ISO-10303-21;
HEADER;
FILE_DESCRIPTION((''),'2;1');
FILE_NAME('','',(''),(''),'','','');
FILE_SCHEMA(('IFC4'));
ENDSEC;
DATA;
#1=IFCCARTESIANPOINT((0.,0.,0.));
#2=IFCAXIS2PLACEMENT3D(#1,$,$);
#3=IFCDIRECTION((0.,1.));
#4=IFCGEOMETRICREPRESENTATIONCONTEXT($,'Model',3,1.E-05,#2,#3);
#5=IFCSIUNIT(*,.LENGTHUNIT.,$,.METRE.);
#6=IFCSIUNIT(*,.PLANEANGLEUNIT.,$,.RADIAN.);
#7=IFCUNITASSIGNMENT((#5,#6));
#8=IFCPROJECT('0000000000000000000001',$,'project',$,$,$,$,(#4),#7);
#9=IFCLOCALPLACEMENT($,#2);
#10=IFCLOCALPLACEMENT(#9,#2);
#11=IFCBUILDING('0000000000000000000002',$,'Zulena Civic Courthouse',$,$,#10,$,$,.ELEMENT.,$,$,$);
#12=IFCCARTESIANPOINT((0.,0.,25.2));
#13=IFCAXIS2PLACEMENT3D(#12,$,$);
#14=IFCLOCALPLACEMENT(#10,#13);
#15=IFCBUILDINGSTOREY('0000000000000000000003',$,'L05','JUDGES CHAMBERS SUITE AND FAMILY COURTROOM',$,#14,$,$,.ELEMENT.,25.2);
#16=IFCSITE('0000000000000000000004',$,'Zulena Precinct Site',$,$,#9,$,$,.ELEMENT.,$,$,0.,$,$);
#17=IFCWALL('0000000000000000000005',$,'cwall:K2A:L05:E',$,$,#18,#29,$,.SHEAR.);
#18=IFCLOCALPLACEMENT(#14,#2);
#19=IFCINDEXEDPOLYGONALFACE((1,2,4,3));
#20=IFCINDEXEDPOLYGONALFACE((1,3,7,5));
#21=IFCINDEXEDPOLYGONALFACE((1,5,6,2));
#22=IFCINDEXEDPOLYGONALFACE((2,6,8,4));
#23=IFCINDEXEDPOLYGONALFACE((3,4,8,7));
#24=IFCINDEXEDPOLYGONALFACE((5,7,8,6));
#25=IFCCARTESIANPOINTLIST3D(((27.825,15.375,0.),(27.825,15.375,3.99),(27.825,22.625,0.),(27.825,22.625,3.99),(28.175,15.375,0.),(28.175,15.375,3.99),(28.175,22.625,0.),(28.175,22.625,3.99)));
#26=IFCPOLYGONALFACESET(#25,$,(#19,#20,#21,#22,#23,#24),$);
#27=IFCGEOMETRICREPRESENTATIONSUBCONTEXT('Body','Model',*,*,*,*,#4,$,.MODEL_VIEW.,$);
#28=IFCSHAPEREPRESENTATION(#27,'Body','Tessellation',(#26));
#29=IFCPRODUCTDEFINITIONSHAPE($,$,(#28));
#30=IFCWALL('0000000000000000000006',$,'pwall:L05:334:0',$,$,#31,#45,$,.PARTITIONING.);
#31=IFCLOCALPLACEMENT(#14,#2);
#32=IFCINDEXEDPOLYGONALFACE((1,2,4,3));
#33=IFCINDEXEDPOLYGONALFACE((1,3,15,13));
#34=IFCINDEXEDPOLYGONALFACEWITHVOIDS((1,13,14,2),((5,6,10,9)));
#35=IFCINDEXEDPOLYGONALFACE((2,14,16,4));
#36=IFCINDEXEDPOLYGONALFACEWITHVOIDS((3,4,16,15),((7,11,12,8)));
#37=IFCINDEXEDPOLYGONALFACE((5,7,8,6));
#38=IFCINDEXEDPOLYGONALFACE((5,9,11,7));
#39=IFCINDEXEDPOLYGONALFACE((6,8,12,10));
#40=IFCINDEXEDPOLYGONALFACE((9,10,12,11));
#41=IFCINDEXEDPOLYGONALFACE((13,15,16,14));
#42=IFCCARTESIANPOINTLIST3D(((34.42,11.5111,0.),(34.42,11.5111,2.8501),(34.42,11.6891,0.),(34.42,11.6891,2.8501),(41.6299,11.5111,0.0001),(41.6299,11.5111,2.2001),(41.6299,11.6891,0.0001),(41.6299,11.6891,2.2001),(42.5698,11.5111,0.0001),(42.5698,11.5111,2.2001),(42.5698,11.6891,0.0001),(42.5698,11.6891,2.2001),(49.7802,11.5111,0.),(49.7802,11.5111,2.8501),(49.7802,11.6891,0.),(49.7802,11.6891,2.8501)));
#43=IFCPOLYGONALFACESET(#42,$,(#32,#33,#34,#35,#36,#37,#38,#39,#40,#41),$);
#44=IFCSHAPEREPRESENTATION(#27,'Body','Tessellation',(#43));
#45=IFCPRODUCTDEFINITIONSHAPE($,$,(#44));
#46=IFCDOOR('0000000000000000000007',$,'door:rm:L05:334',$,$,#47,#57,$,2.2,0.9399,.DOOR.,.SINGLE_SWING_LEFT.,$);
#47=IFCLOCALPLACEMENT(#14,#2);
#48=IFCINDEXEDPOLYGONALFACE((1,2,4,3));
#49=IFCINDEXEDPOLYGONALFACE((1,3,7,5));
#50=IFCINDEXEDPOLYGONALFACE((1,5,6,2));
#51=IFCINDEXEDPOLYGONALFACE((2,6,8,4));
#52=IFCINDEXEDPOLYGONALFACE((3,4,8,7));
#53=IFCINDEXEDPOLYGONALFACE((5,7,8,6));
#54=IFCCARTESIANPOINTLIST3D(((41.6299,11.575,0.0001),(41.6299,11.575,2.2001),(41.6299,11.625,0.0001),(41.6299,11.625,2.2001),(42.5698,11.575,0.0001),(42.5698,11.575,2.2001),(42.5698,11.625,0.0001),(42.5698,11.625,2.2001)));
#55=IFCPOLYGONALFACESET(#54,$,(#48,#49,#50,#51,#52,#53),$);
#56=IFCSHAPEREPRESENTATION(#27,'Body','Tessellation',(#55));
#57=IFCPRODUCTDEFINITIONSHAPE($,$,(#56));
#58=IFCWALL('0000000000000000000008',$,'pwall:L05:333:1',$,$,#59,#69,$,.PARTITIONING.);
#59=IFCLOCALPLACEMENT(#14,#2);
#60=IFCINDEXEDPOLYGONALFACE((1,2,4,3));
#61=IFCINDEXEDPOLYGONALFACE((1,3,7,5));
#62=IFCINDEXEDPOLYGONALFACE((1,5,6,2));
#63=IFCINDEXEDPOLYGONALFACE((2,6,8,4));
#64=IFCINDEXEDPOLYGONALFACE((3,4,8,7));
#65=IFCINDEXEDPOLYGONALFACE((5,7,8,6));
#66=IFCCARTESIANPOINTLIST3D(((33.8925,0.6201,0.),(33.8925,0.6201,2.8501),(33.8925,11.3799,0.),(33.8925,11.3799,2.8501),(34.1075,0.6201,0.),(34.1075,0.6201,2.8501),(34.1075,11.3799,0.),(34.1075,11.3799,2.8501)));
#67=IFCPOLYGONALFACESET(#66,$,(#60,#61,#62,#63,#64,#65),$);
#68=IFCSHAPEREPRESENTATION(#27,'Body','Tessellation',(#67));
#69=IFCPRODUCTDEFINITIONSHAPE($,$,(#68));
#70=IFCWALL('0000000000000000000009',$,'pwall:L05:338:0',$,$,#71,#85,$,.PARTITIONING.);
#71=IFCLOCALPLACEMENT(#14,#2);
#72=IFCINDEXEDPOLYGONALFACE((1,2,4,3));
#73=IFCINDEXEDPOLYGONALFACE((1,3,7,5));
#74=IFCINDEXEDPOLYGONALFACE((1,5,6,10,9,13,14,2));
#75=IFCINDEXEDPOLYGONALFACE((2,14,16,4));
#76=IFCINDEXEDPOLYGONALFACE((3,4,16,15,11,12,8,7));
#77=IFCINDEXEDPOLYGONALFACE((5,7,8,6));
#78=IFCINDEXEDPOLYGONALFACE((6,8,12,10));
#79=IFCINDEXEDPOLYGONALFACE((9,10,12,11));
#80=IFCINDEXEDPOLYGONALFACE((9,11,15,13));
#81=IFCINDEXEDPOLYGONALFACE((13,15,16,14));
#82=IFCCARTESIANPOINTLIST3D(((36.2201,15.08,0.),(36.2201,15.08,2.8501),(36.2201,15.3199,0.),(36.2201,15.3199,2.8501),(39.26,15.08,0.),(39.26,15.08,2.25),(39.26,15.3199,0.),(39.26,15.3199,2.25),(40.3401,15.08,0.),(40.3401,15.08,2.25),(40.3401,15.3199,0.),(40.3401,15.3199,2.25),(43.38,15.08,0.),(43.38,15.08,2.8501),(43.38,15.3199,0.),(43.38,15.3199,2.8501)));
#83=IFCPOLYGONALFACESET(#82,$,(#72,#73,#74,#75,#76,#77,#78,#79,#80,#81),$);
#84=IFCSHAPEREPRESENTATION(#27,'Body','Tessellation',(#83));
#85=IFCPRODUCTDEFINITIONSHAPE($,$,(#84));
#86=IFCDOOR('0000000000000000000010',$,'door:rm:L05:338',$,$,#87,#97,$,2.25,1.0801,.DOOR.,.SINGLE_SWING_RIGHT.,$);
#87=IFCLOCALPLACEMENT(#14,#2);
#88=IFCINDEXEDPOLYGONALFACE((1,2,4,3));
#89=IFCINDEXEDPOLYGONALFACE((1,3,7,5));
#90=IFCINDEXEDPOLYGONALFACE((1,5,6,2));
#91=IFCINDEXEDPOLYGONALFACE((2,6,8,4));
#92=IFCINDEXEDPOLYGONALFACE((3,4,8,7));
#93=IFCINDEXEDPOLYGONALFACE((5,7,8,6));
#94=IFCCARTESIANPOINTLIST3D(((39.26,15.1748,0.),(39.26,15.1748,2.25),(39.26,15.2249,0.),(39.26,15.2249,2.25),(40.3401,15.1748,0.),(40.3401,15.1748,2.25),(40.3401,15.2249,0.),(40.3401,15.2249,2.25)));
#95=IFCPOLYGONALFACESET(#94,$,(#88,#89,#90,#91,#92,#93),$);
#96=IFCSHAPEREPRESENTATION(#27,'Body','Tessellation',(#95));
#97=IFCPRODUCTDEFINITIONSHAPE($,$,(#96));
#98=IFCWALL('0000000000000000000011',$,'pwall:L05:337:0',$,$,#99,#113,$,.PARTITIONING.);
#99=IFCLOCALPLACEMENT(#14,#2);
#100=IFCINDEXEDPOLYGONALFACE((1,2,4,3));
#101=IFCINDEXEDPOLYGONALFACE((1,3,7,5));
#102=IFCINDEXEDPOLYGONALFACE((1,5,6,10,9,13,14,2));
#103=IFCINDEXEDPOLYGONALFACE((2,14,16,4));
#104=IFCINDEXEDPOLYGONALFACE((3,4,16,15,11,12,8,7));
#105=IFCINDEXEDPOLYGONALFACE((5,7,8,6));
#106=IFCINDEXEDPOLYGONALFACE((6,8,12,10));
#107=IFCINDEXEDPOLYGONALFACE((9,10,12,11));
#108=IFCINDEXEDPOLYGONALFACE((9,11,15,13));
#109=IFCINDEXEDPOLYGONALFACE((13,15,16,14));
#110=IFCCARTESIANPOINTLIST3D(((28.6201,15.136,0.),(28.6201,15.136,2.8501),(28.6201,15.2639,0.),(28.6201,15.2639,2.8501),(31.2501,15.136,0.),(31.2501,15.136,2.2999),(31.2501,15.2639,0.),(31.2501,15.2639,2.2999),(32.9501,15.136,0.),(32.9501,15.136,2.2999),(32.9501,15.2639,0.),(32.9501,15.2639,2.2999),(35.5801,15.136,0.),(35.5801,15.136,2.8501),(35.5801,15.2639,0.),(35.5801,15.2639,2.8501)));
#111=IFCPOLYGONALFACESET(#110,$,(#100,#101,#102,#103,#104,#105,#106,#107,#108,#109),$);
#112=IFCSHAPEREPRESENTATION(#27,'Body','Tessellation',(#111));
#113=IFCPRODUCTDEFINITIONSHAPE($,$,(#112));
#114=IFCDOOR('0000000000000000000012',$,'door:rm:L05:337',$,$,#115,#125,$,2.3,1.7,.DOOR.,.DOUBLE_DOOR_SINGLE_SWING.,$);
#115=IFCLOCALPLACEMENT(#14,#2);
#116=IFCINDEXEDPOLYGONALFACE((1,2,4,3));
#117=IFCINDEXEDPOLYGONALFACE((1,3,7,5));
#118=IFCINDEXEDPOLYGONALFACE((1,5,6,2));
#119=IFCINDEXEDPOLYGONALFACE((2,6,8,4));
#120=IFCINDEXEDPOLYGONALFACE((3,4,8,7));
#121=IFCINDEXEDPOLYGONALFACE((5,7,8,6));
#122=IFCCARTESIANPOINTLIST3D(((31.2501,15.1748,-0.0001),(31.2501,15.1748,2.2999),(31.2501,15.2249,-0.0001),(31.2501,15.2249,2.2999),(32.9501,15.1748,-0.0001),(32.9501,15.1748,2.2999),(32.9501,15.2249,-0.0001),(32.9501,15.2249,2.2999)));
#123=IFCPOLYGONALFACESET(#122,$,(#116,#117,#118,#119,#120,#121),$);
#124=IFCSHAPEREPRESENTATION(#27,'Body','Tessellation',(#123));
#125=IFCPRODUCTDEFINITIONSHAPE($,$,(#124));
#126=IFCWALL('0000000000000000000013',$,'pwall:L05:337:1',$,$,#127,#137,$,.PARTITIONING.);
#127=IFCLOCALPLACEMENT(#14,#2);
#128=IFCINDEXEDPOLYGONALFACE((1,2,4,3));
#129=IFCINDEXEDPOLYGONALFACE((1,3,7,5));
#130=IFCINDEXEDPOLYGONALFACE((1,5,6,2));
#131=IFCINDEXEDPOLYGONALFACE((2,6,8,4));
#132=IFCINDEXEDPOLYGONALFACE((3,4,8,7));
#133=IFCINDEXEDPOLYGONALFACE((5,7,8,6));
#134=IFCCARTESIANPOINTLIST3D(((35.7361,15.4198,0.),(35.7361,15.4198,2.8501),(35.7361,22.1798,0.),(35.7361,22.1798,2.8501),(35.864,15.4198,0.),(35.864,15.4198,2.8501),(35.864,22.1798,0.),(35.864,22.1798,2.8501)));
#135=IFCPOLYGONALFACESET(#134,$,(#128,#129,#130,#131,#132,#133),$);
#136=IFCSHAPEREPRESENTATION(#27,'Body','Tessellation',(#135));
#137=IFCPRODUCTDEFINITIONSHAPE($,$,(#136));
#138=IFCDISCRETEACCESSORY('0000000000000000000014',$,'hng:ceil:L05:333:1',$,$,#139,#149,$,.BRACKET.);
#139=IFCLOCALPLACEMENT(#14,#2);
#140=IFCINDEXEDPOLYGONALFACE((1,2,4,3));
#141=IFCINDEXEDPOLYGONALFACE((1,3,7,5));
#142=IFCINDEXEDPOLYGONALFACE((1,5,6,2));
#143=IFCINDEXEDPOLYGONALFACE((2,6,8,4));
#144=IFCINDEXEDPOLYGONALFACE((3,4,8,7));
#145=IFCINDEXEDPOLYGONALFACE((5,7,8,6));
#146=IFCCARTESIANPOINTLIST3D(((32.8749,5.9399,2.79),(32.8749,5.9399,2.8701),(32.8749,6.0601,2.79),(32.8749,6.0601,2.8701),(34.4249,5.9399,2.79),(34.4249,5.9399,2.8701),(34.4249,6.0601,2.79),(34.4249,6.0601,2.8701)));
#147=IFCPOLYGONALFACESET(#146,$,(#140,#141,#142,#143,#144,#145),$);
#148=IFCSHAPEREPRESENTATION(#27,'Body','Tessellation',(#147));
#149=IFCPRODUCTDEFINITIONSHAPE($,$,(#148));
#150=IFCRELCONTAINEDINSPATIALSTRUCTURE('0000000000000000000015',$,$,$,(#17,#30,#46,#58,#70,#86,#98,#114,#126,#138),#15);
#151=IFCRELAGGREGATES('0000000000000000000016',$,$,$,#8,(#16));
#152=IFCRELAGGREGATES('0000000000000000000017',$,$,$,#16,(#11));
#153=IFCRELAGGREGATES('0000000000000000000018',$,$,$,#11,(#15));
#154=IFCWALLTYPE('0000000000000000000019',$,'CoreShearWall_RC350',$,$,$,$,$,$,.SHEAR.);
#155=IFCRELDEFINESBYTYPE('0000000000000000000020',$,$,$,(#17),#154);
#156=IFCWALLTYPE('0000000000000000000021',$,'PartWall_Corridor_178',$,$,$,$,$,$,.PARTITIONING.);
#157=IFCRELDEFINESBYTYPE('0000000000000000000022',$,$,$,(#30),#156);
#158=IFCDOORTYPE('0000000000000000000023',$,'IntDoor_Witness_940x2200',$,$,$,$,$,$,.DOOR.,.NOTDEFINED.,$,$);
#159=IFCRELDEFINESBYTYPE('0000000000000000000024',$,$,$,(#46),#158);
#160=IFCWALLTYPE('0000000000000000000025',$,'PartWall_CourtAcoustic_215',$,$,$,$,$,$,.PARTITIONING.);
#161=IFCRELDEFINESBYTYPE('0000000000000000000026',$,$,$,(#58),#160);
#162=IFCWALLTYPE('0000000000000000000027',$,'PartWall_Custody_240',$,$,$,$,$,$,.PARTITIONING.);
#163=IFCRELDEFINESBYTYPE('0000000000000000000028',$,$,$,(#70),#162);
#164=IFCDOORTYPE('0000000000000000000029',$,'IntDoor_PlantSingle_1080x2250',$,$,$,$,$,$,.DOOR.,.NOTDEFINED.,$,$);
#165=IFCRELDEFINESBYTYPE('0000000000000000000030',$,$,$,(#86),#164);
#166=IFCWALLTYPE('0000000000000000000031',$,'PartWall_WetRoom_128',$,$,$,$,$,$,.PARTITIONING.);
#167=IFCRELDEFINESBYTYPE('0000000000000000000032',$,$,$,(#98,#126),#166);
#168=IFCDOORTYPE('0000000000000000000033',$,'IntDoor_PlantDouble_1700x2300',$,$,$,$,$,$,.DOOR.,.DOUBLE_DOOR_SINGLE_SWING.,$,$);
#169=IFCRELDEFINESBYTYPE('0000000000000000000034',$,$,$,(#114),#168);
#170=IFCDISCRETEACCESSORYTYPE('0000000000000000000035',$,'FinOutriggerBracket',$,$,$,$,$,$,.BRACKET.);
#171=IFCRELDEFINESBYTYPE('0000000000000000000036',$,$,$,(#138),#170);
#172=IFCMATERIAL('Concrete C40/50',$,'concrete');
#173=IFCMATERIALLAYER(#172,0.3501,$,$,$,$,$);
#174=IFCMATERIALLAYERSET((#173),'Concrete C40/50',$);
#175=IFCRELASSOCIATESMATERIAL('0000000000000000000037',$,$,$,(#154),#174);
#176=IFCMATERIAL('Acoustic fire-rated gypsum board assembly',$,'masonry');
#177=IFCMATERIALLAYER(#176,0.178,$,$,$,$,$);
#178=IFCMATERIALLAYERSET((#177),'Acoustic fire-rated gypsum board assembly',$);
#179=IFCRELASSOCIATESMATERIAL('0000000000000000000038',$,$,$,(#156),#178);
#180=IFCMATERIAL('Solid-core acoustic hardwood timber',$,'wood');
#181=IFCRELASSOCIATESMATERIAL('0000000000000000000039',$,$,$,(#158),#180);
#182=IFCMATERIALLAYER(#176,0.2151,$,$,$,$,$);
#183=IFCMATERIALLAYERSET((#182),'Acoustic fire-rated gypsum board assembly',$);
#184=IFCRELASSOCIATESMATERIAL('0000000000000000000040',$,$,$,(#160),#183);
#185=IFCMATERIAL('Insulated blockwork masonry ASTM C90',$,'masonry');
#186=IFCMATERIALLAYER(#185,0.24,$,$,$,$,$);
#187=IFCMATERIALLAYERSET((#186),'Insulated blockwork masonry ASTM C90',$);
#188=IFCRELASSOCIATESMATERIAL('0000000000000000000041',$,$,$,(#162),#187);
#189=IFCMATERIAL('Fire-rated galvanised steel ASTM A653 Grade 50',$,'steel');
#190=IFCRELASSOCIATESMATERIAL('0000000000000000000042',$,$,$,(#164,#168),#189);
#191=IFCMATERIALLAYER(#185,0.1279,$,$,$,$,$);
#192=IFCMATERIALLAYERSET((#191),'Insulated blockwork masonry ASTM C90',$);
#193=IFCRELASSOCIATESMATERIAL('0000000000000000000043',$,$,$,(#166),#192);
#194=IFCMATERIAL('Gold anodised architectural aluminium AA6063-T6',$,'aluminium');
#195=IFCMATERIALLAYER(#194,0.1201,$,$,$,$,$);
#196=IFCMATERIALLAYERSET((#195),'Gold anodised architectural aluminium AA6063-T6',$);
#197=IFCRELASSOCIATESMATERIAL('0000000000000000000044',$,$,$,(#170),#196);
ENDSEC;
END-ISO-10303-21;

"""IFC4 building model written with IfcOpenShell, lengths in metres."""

from ifc_helpers import new_model, si_unit, direction, frame, frame_2d, origin, origin_2d, place, context, subcontext, project, spatial, rectangle, extrude, material, layer, layer_set, type_object, element, fill, save


model = new_model("IFC4")

# Units and contexts
model_context = context("Model", 3, precision=1e-05, world=origin(), true_north=direction((0.0, 1.0)))
body_context = subcontext(model_context, "Body", "Model", "MODEL_VIEW")
ifc_project = project(units=[si_unit("LENGTHUNIT", "METRE"), si_unit("PLANEANGLEUNIT", "RADIAN")], contexts=[model_context])

# Site, building, storey
site_placement = place(None, origin())
site = spatial("IfcSite", under=ifc_project, at=site_placement, Name="Zulena Precinct Site", CompositionType="ELEMENT", RefElevation=0.0)
building_placement = place(site_placement, origin())
building = spatial("IfcBuilding", under=site, at=building_placement, Name="Zulena Civic Courthouse", CompositionType="ELEMENT")
storey_placement = place(building_placement, frame((0.0, 0.0, 25.2)))
storey = spatial("IfcBuildingStorey", under=building, at=storey_placement, Name="L05", Description="JUDGES CHAMBERS SUITE AND FAMILY COURTROOM", CompositionType="ELEMENT", Elevation=25.2)

# Wall
ifc_material_1 = material(Name="Concrete C40/50", Category="concrete")
ifc_layer_1 = layer(ifc_material_1, 0.3501)
ifc_layer_set_1 = layer_set([ifc_layer_1], Name="Concrete C40/50")
wall_type_1 = type_object("IfcWallType", Name="CoreShearWall_RC350", PredefinedType="SHEAR", material=ifc_layer_set_1)
wall_1_placement = place(storey_placement, frame((28.0, 15.375, 0.0), z_axis=(0.0, 0.0, 1.0), x_axis=(0.0, 1.0, 0.0)))
element("IfcWall", 1, at=wall_1_placement, inside=storey, type_object=wall_type_1, Name="cwall:K2A:L05:E", PredefinedType="SHEAR", context=body_context, shape_type="SweptSolid", body=[
    extrude(rectangle(XDim=7.25, YDim=0.3501, at=frame_2d((3.625, 0.0))), origin(), (0.0, 0.0, 1.0), 3.99),
])

# Wall, opening, door
ifc_material_2 = material(Name="Acoustic fire-rated gypsum board assembly", Category="masonry")
ifc_layer_2 = layer(ifc_material_2, 0.178)
ifc_layer_set_2 = layer_set([ifc_layer_2], Name="Acoustic fire-rated gypsum board assembly")
wall_type_2 = type_object("IfcWallType", Name="PartWall_Corridor_178", PredefinedType="PARTITIONING", material=ifc_layer_set_2)
wall_2_placement = place(storey_placement, frame((34.4199, 11.6001, 0.0), z_axis=(0.0, 0.0, 1.0), x_axis=(1.0, 0.0, 0.0)))
wall_2 = element("IfcWall", 2, at=wall_2_placement, inside=storey, type_object=wall_type_2, Name="pwall:L05:334:0", PredefinedType="PARTITIONING", context=body_context, shape_type="SweptSolid", body=[
    extrude(rectangle(XDim=15.3601, YDim=0.178, at=frame_2d((7.6802, 0.0))), origin(), (0.0, 0.0, 1.0), 2.8501),
])
opening_1_placement = place(wall_2_placement, frame((7.21, 0.0, 0.0)))
opening_1 = element("IfcOpeningElement", 3, at=opening_1_placement, cuts=wall_2, PredefinedType="OPENING", context=body_context, shape_type="SweptSolid", body=[
    extrude(rectangle(XDim=0.9399, YDim=2.2, at=frame_2d((0.47, 1.1001))), frame((0.0, 0.0989, 0.0), z_axis=(0.0, -1.0, 0.0), x_axis=(1.0, 0.0, 0.0)), (0.0, 0.0, 1.0), 0.198),
])
ifc_material_3 = material(Name="Solid-core acoustic hardwood timber", Category="wood")
door_type_1 = type_object("IfcDoorType", Name="IntDoor_Witness_940x2200", OperationType="NOTDEFINED", PredefinedType="DOOR", material=ifc_material_3)
door_1_placement = place(opening_1_placement, origin())
door_1 = element("IfcDoor", 4, at=door_1_placement, inside=storey, type_object=door_type_1, Name="door:rm:L05:334", OperationType="SINGLE_SWING_LEFT", OverallHeight=2.2, OverallWidth=0.9399, PredefinedType="DOOR", context=body_context, shape_type="SweptSolid", body=[
    extrude(rectangle(XDim=0.9399, YDim=2.2, at=frame_2d((0.47, 1.1001))), frame((0.0, 0.0249, 0.0), z_axis=(0.0, -1.0, 0.0), x_axis=(1.0, 0.0, 0.0)), (0.0, 0.0, 1.0), 0.05),
])
fill(opening_1, door_1)

# Wall
ifc_layer_3 = layer(ifc_material_2, 0.2151)
ifc_layer_set_3 = layer_set([ifc_layer_3], Name="Acoustic fire-rated gypsum board assembly")
wall_type_3 = type_object("IfcWallType", Name="PartWall_CourtAcoustic_215", PredefinedType="PARTITIONING", material=ifc_layer_set_3)
wall_3_placement = place(storey_placement, frame((34.0, 0.6201, 0.0), z_axis=(0.0, 0.0, 1.0), x_axis=(0.0, 1.0, 0.0)))
element("IfcWall", 5, at=wall_3_placement, inside=storey, type_object=wall_type_3, Name="pwall:L05:333:1", PredefinedType="PARTITIONING", context=body_context, shape_type="SweptSolid", body=[
    extrude(rectangle(XDim=10.7598, YDim=0.2151, at=frame_2d((5.3799, 0.0))), origin(), (0.0, 0.0, 1.0), 2.8501),
])

# Walls, openings, doors
ifc_material_4 = material(Name="Insulated blockwork masonry ASTM C90", Category="masonry")
ifc_layer_4 = layer(ifc_material_4, 0.24)
ifc_layer_set_4 = layer_set([ifc_layer_4], Name="Insulated blockwork masonry ASTM C90")
wall_type_4 = type_object("IfcWallType", Name="PartWall_Custody_240", PredefinedType="PARTITIONING", material=ifc_layer_set_4)
wall_4_placement = place(storey_placement, frame((36.22, 15.2, 0.0), z_axis=(0.0, 0.0, 1.0), x_axis=(1.0, 0.0, 0.0)))
wall_4 = element("IfcWall", 6, at=wall_4_placement, inside=storey, type_object=wall_type_4, Name="pwall:L05:338:0", PredefinedType="PARTITIONING", context=body_context, shape_type="SweptSolid", body=[
    extrude(rectangle(XDim=7.1599, YDim=0.24, at=frame_2d((3.5801, 0.0))), origin(), (0.0, 0.0, 1.0), 2.8501),
])
opening_2_placement = place(wall_4_placement, frame((3.04, 0.0, 0.0)))
opening_2 = element("IfcOpeningElement", 7, at=opening_2_placement, cuts=wall_4, PredefinedType="OPENING", context=body_context, shape_type="SweptSolid", body=[
    extrude(rectangle(XDim=1.0801, YDim=2.25, at=frame_2d((0.54, 1.125))), frame((0.0, 0.1299, 0.0), z_axis=(0.0, -1.0, 0.0), x_axis=(1.0, 0.0, 0.0)), (0.0, 0.0, 1.0), 0.26),
])
ifc_material_5 = material(Name="Fire-rated galvanised steel ASTM A653 Grade 50", Category="steel")
door_type_2 = type_object("IfcDoorType", Name="IntDoor_PlantSingle_1080x2250", OperationType="NOTDEFINED", PredefinedType="DOOR", material=ifc_material_5)
door_2_placement = place(opening_2_placement, origin())
door_2 = element("IfcDoor", 8, at=door_2_placement, inside=storey, type_object=door_type_2, Name="door:rm:L05:338", OperationType="SINGLE_SWING_RIGHT", OverallHeight=2.25, OverallWidth=1.0801, PredefinedType="DOOR", context=body_context, shape_type="SweptSolid", body=[
    extrude(rectangle(XDim=1.0801, YDim=2.25, at=frame_2d((0.54, 1.125))), frame((0.0, 0.0249, 0.0), z_axis=(0.0, -1.0, 0.0), x_axis=(1.0, 0.0, 0.0)), (0.0, 0.0, 1.0), 0.05),
])
fill(opening_2, door_2)
ifc_layer_5 = layer(ifc_material_4, 0.1279)
ifc_layer_set_5 = layer_set([ifc_layer_5], Name="Insulated blockwork masonry ASTM C90")
wall_type_5 = type_object("IfcWallType", Name="PartWall_WetRoom_128", PredefinedType="PARTITIONING", material=ifc_layer_set_5)
wall_5_placement = place(storey_placement, frame((28.6201, 15.2, 0.0), z_axis=(0.0, 0.0, 1.0), x_axis=(1.0, 0.0, 0.0)))
wall_5 = element("IfcWall", 9, at=wall_5_placement, inside=storey, type_object=wall_type_5, Name="pwall:L05:337:0", PredefinedType="PARTITIONING", context=body_context, shape_type="SweptSolid", body=[
    extrude(rectangle(XDim=6.96, YDim=0.1279, at=frame_2d((3.48, 0.0))), origin(), (0.0, 0.0, 1.0), 2.8501),
])
opening_3_placement = place(wall_5_placement, frame((2.6299, 0.0, 0.0)))
opening_3 = element("IfcOpeningElement", 10, at=opening_3_placement, cuts=wall_5, PredefinedType="OPENING", context=body_context, shape_type="SweptSolid", body=[
    extrude(rectangle(XDim=1.7, YDim=2.3, at=frame_2d((0.8501, 1.1499))), frame((0.0, 0.074, 0.0), z_axis=(0.0, -1.0, 0.0), x_axis=(1.0, 0.0, 0.0)), (0.0, 0.0, 1.0), 0.1479),
])
door_type_3 = type_object("IfcDoorType", Name="IntDoor_PlantDouble_1700x2300", OperationType="DOUBLE_DOOR_SINGLE_SWING", PredefinedType="DOOR", material=ifc_material_5)
door_3_placement = place(opening_3_placement, origin())
door_3 = element("IfcDoor", 11, at=door_3_placement, inside=storey, type_object=door_type_3, Name="door:rm:L05:337", OperationType="DOUBLE_DOOR_SINGLE_SWING", OverallHeight=2.3, OverallWidth=1.7, PredefinedType="DOOR", context=body_context, shape_type="SweptSolid", body=[
    extrude(rectangle(XDim=1.7, YDim=2.3, at=frame_2d((0.8501, 1.1499))), frame((0.0, 0.0249, 0.0), z_axis=(0.0, -1.0, 0.0), x_axis=(1.0, 0.0, 0.0)), (0.0, 0.0, 1.0), 0.05),
])
fill(opening_3, door_3)

# Wall
wall_6_placement = place(storey_placement, frame((35.8, 15.4199, 0.0), z_axis=(0.0, 0.0, 1.0), x_axis=(0.0, 1.0, 0.0)))
element("IfcWall", 12, at=wall_6_placement, inside=storey, type_object=wall_type_5, Name="pwall:L05:337:1", PredefinedType="PARTITIONING", context=body_context, shape_type="SweptSolid", body=[
    extrude(rectangle(XDim=6.76, YDim=0.1279, at=frame_2d((3.3799, 0.0))), origin(), (0.0, 0.0, 1.0), 2.8501),
])

# Discrete accessory
ifc_material_6 = material(Name="Gold anodised architectural aluminium AA6063-T6", Category="aluminium")
ifc_layer_6 = layer(ifc_material_6, 0.1201)
ifc_layer_set_6 = layer_set([ifc_layer_6], Name="Gold anodised architectural aluminium AA6063-T6")
discrete_accessory_type = type_object("IfcDiscreteAccessoryType", Name="FinOutriggerBracket", PredefinedType="BRACKET", material=ifc_layer_set_6)
discrete_accessory_placement = place(storey_placement, frame((33.6499, 6.0, 2.79), z_axis=(0.0, 0.0, 1.0), x_axis=(1.0, 0.0, 0.0)))
element("IfcDiscreteAccessory", 13, at=discrete_accessory_placement, inside=storey, type_object=discrete_accessory_type, Name="hng:ceil:L05:333:1", PredefinedType="BRACKET", context=body_context, shape_type="SweptSolid", body=[
    extrude(rectangle(XDim=1.55, YDim=0.1201, at=origin_2d()), origin(), (0.0, 0.0, 1.0), 0.0801),
])

save(model, "model.ifc")
